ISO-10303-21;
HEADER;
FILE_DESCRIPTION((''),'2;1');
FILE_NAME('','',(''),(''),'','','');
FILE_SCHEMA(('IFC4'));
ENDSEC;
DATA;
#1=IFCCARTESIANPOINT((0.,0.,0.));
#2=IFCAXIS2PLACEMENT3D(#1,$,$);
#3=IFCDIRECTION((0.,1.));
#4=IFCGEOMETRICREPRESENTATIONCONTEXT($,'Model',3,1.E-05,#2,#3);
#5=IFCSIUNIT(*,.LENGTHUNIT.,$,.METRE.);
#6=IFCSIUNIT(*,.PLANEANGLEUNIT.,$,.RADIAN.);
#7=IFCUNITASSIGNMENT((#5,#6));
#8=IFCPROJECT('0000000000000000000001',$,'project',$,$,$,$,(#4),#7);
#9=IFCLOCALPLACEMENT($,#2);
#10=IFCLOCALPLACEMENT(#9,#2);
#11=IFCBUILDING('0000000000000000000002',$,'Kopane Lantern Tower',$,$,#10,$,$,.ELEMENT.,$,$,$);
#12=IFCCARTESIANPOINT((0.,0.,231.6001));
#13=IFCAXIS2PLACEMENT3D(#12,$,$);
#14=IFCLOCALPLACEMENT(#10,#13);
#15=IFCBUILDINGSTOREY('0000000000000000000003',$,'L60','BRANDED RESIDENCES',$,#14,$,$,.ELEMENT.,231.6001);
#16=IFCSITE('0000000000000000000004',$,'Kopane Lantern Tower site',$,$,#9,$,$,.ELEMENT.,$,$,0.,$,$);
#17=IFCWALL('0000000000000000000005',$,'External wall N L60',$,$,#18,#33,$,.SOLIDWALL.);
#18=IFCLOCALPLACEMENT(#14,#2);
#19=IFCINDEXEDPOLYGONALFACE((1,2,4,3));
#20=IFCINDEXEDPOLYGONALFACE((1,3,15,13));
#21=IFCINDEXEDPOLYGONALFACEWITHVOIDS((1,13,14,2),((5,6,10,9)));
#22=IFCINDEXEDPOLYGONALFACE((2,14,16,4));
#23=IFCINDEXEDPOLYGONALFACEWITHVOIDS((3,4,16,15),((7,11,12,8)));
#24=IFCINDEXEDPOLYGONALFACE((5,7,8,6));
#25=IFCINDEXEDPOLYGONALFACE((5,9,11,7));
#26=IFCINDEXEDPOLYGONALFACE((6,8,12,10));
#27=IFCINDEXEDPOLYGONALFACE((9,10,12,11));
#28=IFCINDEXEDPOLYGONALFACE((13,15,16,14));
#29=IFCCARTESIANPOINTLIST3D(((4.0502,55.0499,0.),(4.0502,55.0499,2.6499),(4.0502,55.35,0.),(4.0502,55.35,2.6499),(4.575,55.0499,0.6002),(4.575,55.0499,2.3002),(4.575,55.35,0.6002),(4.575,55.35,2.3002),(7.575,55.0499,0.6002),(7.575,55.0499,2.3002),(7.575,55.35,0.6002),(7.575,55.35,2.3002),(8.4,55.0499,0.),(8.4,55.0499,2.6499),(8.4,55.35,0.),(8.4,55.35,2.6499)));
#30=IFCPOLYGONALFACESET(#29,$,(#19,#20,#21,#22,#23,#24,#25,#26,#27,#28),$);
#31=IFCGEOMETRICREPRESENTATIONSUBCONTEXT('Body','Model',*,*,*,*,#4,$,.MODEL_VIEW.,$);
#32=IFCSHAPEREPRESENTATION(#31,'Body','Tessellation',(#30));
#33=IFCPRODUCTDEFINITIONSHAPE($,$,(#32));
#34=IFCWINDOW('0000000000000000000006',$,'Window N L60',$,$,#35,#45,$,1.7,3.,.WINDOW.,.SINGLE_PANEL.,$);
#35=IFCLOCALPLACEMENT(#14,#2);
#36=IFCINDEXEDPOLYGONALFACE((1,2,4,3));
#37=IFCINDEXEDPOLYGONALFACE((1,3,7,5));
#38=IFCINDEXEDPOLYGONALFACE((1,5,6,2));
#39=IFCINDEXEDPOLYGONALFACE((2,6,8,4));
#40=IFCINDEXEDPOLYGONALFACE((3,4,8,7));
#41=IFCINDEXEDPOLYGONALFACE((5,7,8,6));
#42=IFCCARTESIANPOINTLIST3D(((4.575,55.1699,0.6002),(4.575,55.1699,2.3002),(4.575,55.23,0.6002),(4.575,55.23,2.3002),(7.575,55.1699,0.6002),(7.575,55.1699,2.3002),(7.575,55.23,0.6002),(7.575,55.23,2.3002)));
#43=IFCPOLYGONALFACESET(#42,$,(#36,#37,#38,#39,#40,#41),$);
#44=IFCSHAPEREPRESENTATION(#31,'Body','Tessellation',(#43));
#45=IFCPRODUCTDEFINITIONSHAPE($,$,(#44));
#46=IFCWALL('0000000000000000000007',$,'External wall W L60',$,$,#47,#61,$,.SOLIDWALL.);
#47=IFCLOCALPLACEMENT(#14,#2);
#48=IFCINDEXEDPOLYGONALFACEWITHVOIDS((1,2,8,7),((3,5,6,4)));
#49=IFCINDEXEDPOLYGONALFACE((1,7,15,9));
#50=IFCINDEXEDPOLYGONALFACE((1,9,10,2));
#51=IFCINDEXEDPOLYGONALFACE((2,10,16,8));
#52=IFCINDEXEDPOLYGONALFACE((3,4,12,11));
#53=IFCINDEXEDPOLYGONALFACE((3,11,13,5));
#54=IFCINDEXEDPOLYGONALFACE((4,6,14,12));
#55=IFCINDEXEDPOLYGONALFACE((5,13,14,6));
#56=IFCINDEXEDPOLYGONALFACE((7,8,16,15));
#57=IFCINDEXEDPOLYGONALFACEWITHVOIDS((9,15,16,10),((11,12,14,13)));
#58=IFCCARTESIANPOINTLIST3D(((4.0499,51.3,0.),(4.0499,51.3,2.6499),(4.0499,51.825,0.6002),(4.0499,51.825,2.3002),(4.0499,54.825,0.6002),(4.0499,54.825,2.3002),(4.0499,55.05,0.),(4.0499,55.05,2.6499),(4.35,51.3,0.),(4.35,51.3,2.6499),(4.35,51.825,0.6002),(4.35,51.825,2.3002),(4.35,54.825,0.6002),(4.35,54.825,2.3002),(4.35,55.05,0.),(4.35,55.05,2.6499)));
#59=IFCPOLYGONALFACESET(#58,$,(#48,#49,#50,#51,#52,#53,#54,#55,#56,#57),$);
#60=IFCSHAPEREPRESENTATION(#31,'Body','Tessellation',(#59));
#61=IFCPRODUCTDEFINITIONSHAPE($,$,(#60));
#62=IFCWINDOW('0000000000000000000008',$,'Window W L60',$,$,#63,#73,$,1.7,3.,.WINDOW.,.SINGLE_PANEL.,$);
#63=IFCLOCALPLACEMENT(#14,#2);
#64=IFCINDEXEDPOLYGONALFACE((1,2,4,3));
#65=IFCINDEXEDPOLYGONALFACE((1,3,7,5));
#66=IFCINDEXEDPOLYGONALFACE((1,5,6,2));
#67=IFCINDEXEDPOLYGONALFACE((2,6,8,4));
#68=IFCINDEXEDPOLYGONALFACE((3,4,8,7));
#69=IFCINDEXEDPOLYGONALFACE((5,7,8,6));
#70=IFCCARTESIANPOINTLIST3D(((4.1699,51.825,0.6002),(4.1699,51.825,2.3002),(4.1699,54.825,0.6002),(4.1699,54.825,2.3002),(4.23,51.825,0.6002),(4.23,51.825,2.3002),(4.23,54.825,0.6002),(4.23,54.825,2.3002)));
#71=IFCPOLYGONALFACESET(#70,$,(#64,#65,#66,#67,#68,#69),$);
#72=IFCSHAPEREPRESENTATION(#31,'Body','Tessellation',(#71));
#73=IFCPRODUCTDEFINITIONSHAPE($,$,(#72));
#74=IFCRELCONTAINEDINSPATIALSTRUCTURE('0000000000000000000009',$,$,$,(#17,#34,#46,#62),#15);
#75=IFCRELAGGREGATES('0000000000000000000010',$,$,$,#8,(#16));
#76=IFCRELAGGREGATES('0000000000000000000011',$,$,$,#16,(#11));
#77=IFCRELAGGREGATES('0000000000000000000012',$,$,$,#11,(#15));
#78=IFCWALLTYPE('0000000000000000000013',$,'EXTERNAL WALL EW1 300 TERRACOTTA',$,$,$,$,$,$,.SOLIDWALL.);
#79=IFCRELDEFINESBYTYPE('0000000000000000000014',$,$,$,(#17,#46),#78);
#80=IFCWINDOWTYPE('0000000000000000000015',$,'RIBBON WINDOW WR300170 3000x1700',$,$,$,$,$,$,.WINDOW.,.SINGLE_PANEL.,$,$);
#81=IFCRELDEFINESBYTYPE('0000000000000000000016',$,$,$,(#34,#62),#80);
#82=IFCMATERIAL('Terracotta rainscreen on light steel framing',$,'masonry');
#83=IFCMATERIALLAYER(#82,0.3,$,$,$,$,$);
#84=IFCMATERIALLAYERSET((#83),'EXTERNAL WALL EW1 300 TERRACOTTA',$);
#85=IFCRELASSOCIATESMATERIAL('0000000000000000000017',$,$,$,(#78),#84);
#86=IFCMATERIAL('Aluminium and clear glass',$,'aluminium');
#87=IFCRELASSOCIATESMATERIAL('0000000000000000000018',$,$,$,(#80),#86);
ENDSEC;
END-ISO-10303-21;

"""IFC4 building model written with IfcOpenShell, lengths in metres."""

from ifc_helpers import new_model, si_unit, direction, frame, frame_2d, origin, place, context, subcontext, project, spatial, rectangle, extrude, material, layer, layer_set, type_object, element, fill, save


model = new_model("IFC4")

# Units and contexts
model_context = context("Model", 3, precision=1e-05, world=origin(), true_north=direction((0.0, 1.0)))
body_context = subcontext(model_context, "Body", "Model", "MODEL_VIEW")
ifc_project = project(units=[si_unit("LENGTHUNIT", "METRE"), si_unit("PLANEANGLEUNIT", "RADIAN")], contexts=[model_context])

# Site, building, storey
site_placement = place(None, origin())
site = spatial("IfcSite", under=ifc_project, at=site_placement, Name="Kopane Lantern Tower site", CompositionType="ELEMENT", RefElevation=0.0)
building_placement = place(site_placement, origin())
building = spatial("IfcBuilding", under=site, at=building_placement, Name="Kopane Lantern Tower", CompositionType="ELEMENT")
storey_placement = place(building_placement, frame((0.0, 0.0, 231.6001)))
storey = spatial("IfcBuildingStorey", under=building, at=storey_placement, Name="L60", Description="BRANDED RESIDENCES", CompositionType="ELEMENT", Elevation=231.6001)

# Walls, openings, windows
ifc_material_1 = material(Name="Terracotta rainscreen on light steel framing", Category="masonry")
ifc_layer_1 = layer(ifc_material_1, 0.3)
ifc_layer_set_1 = layer_set([ifc_layer_1], Name="EXTERNAL WALL EW1 300 TERRACOTTA")
wall_type_1 = type_object("IfcWallType", Name="EXTERNAL WALL EW1 300 TERRACOTTA", PredefinedType="SOLIDWALL", material=ifc_layer_set_1)
ifc_material_2 = material(Name="Aluminium and clear glass", Category="aluminium")
window_type = type_object("IfcWindowType", Name="RIBBON WINDOW WR300170 3000x1700", PartitioningType="SINGLE_PANEL", PredefinedType="WINDOW", material=ifc_material_2)
wall_1_placement = place(storey_placement, frame((8.3999, 55.2, 0.0), z_axis=(0.0, 0.0, 1.0), x_axis=(-1.0, 0.0, 0.0)))
wall_1 = element("IfcWall", 1, at=wall_1_placement, inside=storey, type_object=wall_type_1, Name="External wall N L60", PredefinedType="SOLIDWALL", context=body_context, shape_type="SweptSolid", body=[
    extrude(rectangle(XDim=4.3499, YDim=0.3, at=frame_2d((2.1748, 0.0))), origin(), (0.0, 0.0, 1.0), 2.6499),
])
opening_1_placement = place(wall_1_placement, frame((0.825, 0.0, 0.6001)))
opening_1 = element("IfcOpeningElement", 2, at=opening_1_placement, cuts=wall_1, PredefinedType="OPENING", context=body_context, shape_type="SweptSolid", body=[
    extrude(rectangle(XDim=3.0, YDim=1.7, at=frame_2d((1.5, 0.8501))), frame((0.0, 0.1599, 0.0), z_axis=(0.0, -1.0, 0.0), x_axis=(1.0, 0.0, 0.0)), (0.0, 0.0, 1.0), 0.3201),
])
window_1_placement = place(opening_1_placement, origin())
window_1 = element("IfcWindow", 3, at=window_1_placement, inside=storey, type_object=window_type, Name="Window N L60", OverallHeight=1.7, OverallWidth=3.0, PartitioningType="SINGLE_PANEL", PredefinedType="WINDOW", context=body_context, shape_type="SweptSolid", body=[
    extrude(rectangle(XDim=3.0, YDim=1.7, at=frame_2d((1.5, 0.8501))), frame((0.0, 0.03, 0.0), z_axis=(0.0, -1.0, 0.0), x_axis=(1.0, 0.0, 0.0)), (0.0, 0.0, 1.0), 0.0601),
])
fill(opening_1, window_1)
wall_2_placement = place(storey_placement, frame((4.2, 55.05, 0.0), z_axis=(0.0, 0.0, 1.0), x_axis=(0.0, -1.0, 0.0)))
wall_2 = element("IfcWall", 4, at=wall_2_placement, inside=storey, type_object=wall_type_1, Name="External wall W L60", PredefinedType="SOLIDWALL", context=body_context, shape_type="SweptSolid", body=[
    extrude(rectangle(XDim=3.75, YDim=0.3, at=frame_2d((1.875, 0.0))), origin(), (0.0, 0.0, 1.0), 2.6499),
])
opening_2_placement = place(wall_2_placement, frame((0.2251, 0.0, 0.6001)))
opening_2 = element("IfcOpeningElement", 5, at=opening_2_placement, cuts=wall_2, PredefinedType="OPENING", context=body_context, shape_type="SweptSolid", body=[
    extrude(rectangle(XDim=3.0, YDim=1.7, at=frame_2d((1.5, 0.8501))), frame((0.0, 0.1599, 0.0), z_axis=(0.0, -1.0, 0.0), x_axis=(1.0, 0.0, 0.0)), (0.0, 0.0, 1.0), 0.3201),
])
window_2_placement = place(opening_2_placement, origin())
window_2 = element("IfcWindow", 6, at=window_2_placement, inside=storey, type_object=window_type, Name="Window W L60", OverallHeight=1.7, OverallWidth=3.0, PartitioningType="SINGLE_PANEL", PredefinedType="WINDOW", context=body_context, shape_type="SweptSolid", body=[
    extrude(rectangle(XDim=3.0, YDim=1.7, at=frame_2d((1.5, 0.8501))), frame((0.0, 0.03, 0.0), z_axis=(0.0, -1.0, 0.0), x_axis=(1.0, 0.0, 0.0)), (0.0, 0.0, 1.0), 0.0601),
])
fill(opening_2, window_2)

save(model, "model.ifc")
